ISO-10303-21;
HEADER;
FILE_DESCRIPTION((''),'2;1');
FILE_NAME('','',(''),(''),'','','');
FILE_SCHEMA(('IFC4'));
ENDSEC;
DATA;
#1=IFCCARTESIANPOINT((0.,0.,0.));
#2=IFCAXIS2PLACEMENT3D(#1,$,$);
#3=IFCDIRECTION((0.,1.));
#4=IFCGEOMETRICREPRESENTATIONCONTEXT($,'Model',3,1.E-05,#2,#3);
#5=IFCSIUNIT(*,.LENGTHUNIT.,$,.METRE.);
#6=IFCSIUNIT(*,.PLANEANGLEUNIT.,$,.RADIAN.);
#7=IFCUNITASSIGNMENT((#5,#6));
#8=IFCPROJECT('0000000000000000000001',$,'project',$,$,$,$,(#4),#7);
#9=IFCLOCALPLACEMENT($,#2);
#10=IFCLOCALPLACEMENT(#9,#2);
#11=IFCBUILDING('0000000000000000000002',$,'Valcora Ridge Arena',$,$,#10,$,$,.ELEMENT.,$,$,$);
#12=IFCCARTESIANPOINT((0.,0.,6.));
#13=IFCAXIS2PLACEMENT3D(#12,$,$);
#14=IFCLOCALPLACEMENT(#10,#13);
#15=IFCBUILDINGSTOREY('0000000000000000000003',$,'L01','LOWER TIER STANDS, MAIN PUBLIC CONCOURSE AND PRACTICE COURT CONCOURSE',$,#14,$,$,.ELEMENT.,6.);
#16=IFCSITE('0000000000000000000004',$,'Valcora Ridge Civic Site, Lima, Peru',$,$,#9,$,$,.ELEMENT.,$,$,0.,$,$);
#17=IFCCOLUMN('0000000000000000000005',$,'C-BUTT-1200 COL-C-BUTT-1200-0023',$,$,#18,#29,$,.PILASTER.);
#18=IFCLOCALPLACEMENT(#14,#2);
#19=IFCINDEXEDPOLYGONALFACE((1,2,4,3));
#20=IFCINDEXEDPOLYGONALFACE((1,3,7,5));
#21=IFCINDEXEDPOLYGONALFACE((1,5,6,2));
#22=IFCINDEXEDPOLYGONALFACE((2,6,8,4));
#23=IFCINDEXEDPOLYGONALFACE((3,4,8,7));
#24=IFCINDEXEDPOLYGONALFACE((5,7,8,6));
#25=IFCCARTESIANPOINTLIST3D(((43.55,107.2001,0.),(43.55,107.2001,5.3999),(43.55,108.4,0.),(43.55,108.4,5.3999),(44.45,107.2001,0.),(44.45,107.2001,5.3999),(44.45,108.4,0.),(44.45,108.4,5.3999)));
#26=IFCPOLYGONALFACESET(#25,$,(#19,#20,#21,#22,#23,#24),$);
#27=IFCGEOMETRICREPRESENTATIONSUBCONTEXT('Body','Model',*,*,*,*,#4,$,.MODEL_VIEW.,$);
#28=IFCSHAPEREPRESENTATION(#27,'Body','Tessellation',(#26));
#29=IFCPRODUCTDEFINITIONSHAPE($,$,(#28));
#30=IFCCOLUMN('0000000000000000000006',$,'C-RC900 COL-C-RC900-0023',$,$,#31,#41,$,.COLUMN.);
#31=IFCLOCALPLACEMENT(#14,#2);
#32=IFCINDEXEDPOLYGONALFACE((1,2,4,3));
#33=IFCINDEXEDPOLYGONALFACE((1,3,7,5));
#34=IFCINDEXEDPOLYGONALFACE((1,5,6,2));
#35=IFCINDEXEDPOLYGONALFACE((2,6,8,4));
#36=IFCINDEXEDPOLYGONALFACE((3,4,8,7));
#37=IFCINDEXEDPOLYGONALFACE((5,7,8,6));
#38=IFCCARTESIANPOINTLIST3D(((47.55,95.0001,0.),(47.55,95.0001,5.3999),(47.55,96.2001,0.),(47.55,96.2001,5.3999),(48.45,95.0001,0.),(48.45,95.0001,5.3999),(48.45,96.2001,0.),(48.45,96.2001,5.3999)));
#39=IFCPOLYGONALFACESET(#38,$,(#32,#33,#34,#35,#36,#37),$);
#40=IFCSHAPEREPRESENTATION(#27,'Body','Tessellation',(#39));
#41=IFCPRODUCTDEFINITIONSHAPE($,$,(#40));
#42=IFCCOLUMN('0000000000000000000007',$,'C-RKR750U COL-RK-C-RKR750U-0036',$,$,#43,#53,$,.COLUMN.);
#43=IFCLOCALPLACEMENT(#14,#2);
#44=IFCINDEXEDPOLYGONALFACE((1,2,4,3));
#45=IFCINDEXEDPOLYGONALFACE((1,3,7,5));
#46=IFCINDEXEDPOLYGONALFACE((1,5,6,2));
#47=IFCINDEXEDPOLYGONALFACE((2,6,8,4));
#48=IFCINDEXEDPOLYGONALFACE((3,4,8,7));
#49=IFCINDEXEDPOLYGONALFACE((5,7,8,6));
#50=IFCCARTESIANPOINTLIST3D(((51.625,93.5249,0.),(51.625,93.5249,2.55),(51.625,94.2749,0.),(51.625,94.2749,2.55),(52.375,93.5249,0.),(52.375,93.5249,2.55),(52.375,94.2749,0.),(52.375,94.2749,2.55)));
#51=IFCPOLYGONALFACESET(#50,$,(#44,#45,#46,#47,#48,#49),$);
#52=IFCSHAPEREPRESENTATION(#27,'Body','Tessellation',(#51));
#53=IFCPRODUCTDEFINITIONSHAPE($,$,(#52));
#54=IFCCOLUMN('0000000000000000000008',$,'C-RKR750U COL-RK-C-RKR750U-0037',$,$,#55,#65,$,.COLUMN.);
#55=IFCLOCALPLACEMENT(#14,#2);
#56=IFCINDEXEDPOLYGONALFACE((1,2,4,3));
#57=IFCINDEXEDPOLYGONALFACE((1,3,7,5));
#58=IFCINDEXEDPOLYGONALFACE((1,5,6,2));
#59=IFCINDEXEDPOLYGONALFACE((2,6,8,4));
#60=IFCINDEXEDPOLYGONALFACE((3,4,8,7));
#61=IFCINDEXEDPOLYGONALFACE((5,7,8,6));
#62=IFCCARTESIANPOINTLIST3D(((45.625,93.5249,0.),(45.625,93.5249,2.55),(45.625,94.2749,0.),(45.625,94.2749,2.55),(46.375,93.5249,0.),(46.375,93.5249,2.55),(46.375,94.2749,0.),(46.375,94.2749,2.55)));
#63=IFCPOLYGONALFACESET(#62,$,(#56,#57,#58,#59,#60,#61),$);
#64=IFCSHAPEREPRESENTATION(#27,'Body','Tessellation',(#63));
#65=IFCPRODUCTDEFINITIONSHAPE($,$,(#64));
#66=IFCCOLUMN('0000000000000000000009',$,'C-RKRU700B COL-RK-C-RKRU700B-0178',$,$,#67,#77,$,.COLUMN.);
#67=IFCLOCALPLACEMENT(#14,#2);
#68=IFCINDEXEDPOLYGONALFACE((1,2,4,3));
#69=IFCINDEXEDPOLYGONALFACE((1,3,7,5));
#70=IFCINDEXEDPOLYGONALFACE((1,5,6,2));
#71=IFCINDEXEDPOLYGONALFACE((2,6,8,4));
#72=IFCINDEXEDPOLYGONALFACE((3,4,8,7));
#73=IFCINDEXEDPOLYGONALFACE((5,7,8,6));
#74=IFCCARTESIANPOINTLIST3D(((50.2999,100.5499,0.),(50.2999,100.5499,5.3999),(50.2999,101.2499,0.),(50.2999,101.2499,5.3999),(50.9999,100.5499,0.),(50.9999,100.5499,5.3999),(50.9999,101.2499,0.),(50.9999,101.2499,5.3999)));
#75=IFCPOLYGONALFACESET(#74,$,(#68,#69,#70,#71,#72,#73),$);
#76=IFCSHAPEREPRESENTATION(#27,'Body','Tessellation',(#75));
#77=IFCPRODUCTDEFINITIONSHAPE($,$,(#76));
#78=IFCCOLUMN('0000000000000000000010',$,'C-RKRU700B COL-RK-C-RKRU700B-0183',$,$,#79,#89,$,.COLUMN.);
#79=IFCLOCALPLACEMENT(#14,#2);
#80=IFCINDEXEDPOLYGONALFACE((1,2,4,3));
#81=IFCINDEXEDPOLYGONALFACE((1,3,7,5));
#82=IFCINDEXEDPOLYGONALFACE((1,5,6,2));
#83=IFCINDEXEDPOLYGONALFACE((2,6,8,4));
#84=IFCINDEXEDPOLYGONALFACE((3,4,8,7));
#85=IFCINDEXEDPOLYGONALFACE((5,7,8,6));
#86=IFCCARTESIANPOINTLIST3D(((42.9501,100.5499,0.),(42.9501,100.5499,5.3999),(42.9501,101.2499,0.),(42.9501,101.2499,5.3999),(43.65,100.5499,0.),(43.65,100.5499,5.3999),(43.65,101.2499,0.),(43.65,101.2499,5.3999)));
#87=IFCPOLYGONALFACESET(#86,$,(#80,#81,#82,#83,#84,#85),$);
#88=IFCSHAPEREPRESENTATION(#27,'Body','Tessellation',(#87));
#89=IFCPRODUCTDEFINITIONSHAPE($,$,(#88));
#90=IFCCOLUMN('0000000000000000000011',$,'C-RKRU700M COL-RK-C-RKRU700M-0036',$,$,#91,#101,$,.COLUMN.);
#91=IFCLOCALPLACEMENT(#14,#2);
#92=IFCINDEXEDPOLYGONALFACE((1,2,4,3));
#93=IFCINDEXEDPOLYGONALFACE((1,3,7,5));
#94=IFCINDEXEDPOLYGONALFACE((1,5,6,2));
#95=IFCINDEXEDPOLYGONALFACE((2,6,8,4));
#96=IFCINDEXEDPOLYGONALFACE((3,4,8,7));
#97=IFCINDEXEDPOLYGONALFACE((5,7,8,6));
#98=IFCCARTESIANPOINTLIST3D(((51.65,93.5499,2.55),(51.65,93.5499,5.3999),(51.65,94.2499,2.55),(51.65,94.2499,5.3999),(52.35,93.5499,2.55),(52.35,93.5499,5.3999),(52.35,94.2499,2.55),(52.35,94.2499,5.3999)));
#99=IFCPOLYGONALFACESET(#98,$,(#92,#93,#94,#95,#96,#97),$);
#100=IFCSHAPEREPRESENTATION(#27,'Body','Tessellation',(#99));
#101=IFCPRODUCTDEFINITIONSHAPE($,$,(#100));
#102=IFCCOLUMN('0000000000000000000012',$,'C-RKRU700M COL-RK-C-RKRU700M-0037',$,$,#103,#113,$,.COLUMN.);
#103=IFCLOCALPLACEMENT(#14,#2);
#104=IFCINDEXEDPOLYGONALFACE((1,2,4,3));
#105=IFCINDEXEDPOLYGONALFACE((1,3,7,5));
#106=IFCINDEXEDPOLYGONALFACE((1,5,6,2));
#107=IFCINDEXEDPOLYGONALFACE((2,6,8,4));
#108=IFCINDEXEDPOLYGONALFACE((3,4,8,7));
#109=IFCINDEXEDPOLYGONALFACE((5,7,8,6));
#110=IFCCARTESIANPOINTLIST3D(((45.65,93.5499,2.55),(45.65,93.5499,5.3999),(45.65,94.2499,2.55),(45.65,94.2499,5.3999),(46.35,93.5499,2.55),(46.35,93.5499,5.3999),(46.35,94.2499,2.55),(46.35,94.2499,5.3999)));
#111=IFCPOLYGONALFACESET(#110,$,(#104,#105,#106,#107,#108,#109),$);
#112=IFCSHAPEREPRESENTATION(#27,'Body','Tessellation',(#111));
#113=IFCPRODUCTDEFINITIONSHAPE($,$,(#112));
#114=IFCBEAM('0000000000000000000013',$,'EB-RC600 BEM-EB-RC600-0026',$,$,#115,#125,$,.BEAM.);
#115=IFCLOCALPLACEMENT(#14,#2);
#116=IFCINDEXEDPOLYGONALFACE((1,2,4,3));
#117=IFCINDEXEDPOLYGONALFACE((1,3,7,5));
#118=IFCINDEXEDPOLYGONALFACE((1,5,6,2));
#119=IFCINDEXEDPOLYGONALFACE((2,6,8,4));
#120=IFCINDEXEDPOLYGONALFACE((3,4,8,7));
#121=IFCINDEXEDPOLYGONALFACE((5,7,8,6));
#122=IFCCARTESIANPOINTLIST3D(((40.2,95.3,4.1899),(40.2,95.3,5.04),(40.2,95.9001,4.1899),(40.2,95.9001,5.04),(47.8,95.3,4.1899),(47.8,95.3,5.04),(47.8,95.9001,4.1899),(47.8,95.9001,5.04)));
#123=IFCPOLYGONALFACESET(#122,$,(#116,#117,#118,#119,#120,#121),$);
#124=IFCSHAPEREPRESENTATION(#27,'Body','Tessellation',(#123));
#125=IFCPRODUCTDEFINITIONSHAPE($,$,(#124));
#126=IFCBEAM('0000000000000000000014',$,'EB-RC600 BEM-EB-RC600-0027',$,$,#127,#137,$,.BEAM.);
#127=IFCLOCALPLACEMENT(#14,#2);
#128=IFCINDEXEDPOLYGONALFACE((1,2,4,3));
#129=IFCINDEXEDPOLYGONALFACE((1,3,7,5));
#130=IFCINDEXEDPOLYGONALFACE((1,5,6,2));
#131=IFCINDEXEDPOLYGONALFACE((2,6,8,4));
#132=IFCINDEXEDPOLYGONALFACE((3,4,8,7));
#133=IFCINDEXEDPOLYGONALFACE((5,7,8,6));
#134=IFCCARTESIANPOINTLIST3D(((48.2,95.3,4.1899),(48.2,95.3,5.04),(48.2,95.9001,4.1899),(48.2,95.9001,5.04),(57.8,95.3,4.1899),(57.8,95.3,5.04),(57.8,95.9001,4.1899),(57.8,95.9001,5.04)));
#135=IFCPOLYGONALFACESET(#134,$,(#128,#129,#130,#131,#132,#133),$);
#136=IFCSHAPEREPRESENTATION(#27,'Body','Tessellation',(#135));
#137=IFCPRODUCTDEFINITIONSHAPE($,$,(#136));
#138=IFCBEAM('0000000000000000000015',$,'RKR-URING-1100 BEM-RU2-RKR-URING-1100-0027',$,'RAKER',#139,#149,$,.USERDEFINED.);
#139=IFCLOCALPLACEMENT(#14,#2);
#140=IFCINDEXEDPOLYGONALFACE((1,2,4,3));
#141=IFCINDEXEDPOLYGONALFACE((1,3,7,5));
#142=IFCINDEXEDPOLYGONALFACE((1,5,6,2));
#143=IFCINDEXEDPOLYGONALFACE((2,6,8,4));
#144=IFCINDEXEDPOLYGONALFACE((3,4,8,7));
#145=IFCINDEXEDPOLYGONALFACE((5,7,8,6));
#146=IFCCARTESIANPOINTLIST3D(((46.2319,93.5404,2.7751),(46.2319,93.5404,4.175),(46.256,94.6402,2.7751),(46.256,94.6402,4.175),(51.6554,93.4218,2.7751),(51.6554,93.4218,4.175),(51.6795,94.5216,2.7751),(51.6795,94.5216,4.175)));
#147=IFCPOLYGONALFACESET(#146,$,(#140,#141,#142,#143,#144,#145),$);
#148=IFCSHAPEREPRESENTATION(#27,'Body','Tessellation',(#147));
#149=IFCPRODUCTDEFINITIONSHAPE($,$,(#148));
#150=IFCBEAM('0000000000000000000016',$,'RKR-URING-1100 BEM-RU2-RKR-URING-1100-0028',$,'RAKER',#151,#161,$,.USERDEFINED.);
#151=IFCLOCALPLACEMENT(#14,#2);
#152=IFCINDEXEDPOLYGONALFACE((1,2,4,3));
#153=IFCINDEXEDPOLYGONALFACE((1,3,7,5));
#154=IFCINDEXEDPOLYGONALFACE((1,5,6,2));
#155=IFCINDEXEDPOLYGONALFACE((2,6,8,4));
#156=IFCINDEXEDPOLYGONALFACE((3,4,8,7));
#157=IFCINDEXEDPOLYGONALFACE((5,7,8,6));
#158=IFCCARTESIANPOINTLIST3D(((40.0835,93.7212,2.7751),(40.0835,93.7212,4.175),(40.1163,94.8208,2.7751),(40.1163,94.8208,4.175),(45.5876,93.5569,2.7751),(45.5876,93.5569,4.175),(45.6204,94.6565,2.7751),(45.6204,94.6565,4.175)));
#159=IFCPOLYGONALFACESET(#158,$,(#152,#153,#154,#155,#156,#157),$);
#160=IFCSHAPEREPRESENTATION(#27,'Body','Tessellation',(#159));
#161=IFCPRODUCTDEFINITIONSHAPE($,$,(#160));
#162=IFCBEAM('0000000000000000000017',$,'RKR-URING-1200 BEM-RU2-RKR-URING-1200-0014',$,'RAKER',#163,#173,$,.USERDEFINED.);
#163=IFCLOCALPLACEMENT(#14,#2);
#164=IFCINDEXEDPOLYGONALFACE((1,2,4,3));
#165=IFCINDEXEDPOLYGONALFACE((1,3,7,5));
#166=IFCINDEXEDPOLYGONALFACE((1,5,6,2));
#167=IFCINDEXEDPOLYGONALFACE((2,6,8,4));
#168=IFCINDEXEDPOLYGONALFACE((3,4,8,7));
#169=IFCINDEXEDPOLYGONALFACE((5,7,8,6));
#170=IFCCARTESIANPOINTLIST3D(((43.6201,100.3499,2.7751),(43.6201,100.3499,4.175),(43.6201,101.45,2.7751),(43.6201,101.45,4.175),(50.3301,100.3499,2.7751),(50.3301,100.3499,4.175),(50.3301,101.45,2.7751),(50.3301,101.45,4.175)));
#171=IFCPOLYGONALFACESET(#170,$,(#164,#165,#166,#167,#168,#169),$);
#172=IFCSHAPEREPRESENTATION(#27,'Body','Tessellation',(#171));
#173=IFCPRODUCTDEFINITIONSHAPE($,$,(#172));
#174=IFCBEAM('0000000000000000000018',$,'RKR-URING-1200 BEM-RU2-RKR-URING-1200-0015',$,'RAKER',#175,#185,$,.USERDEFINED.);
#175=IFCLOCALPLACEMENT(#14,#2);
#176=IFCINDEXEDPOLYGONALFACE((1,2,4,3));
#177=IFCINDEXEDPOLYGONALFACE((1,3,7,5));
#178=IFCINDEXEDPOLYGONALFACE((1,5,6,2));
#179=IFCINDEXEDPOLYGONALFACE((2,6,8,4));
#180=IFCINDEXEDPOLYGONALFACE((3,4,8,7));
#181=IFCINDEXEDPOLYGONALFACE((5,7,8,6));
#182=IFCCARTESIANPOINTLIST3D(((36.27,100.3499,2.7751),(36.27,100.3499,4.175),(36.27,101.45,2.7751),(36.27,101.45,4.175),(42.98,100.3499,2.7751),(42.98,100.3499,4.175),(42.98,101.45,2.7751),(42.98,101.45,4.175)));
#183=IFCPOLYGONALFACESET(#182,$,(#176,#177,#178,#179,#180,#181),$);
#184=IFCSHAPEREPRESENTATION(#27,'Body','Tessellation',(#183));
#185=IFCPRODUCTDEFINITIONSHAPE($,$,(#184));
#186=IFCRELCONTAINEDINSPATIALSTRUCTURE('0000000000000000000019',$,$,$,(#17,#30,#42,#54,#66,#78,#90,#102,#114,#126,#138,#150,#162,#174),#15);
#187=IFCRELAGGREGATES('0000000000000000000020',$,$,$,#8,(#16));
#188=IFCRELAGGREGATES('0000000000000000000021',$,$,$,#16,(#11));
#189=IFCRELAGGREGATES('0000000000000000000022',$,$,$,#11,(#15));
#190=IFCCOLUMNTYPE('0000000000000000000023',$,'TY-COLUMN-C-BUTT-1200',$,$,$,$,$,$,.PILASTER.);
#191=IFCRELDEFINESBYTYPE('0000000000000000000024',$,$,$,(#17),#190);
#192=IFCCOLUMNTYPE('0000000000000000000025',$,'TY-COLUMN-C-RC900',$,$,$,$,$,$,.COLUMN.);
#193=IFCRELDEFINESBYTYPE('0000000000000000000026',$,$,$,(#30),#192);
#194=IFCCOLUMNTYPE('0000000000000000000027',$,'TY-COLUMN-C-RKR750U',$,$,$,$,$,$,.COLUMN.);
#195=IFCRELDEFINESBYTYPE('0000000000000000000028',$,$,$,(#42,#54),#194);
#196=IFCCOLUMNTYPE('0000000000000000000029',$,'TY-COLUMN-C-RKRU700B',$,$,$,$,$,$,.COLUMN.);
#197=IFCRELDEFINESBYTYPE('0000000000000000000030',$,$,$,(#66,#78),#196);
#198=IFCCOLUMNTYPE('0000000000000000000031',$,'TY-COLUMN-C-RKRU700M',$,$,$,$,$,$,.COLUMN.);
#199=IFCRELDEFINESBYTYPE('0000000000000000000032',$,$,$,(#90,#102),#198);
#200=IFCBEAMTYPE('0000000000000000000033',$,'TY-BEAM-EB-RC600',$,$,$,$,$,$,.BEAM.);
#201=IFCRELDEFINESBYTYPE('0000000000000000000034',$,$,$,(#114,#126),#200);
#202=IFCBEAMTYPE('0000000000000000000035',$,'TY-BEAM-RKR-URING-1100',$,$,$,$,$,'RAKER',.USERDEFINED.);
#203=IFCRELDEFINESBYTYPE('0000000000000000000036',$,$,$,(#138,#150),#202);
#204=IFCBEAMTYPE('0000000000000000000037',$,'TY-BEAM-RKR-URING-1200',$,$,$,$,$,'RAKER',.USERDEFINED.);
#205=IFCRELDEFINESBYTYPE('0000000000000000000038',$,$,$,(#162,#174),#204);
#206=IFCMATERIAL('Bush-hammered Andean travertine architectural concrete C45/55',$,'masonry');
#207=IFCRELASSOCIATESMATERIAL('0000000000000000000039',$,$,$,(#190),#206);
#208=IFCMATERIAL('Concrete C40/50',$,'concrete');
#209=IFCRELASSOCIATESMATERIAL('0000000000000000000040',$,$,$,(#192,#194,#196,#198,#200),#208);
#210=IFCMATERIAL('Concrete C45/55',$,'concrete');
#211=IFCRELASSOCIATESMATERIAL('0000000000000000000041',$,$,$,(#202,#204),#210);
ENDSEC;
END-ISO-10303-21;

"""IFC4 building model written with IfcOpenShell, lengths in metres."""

from ifc_helpers import new_model, si_unit, direction, frame, origin, origin_2d, place, context, subcontext, project, spatial, rectangle, extrude, material, material_profile, profile_set, type_object, element, save


model = new_model("IFC4")

# Units and contexts
model_context = context("Model", 3, precision=1e-05, world=origin(), true_north=direction((0.0, 1.0)))
body_context = subcontext(model_context, "Body", "Model", "MODEL_VIEW")
ifc_project = project(units=[si_unit("LENGTHUNIT", "METRE"), si_unit("PLANEANGLEUNIT", "RADIAN")], contexts=[model_context])

# Site, building, storey
site_placement = place(None, origin())
site = spatial("IfcSite", under=ifc_project, at=site_placement, Name="Valcora Ridge Civic Site, Lima, Peru", CompositionType="ELEMENT", RefElevation=0.0)
building_placement = place(site_placement, origin())
building = spatial("IfcBuilding", under=site, at=building_placement, Name="Valcora Ridge Arena", CompositionType="ELEMENT")
storey_placement = place(building_placement, frame((0.0, 0.0, 6.0)))
storey = spatial("IfcBuildingStorey", under=building, at=storey_placement, Name="L01", Description="LOWER TIER STANDS, MAIN PUBLIC CONCOURSE AND PRACTICE COURT CONCOURSE", CompositionType="ELEMENT", Elevation=6.0)

# Columns
ifc_material_1 = material(Name="Bush-hammered Andean travertine architectural concrete C45/55", Category="masonry")
ifc_material_profile_1 = material_profile(ifc_material_1, rectangle(XDim=0.8999, YDim=1.2, at=origin_2d()), Name="RC 900x1200")
ifc_profile_set_1 = profile_set([ifc_material_profile_1], Name="Bush-hammered Andean travertine architectural concrete C45/55")
column_type_1 = type_object("IfcColumnType", Name="TY-COLUMN-C-BUTT-1200", PredefinedType="PILASTER", material=ifc_profile_set_1)
column_1_placement = place(storey_placement, frame((44.0, 107.8, 0.0), z_axis=(0.0, 0.0, 1.0), x_axis=(1.0, 0.0, 0.0)))
element("IfcColumn", 1, at=column_1_placement, inside=storey, type_object=column_type_1, Name="C-BUTT-1200 COL-C-BUTT-1200-0023", PredefinedType="PILASTER", context=body_context, shape_type="SweptSolid", body=[
    extrude(rectangle(XDim=0.8999, YDim=1.2, at=origin_2d()), origin(), (0.0, 0.0, 1.0), 5.3999),
])
ifc_material_2 = material(Name="Concrete C40/50", Category="concrete")
ifc_material_profile_2 = material_profile(ifc_material_2, rectangle(XDim=0.8999, YDim=1.2, at=origin_2d()), Name="RC 900x1200")
ifc_profile_set_2 = profile_set([ifc_material_profile_2], Name="Concrete C40/50")
column_type_2 = type_object("IfcColumnType", Name="TY-COLUMN-C-RC900", PredefinedType="COLUMN", material=ifc_profile_set_2)
column_2_placement = place(storey_placement, frame((48.0, 95.6001, 0.0), z_axis=(0.0, 0.0, 1.0), x_axis=(1.0, 0.0, 0.0)))
element("IfcColumn", 2, at=column_2_placement, inside=storey, type_object=column_type_2, Name="C-RC900 COL-C-RC900-0023", PredefinedType="COLUMN", context=body_context, shape_type="SweptSolid", body=[
    extrude(rectangle(XDim=0.8999, YDim=1.2, at=origin_2d()), origin(), (0.0, 0.0, 1.0), 5.3999),
])
ifc_material_profile_3 = material_profile(ifc_material_2, rectangle(XDim=0.75, YDim=0.75, at=origin_2d()), Name="RC 750x750")
ifc_profile_set_3 = profile_set([ifc_material_profile_3], Name="Concrete C40/50")
column_type_3 = type_object("IfcColumnType", Name="TY-COLUMN-C-RKR750U", PredefinedType="COLUMN", material=ifc_profile_set_3)
for number, where, z_axis, x_axis, name in (
    (3, (52.0, 93.8999, 0.0), (0.0, 0.0, 1.0), (1.0, 0.0, 0.0), "C-RKR750U COL-RK-C-RKR750U-0036"),
    (4, (46.0, 93.8999, 0.0), (0.0, 0.0, 1.0), (1.0, 0.0, 0.0), "C-RKR750U COL-RK-C-RKR750U-0037"),
):
    element("IfcColumn", number, at=place(storey_placement, frame(where, z_axis=z_axis, x_axis=x_axis)), inside=storey, type_object=column_type_3, Name=name, PredefinedType="COLUMN", context=body_context, shape_type="SweptSolid", body=[
        extrude(rectangle(XDim=0.75, YDim=0.75, at=origin_2d()), origin(), (0.0, 0.0, 1.0), 2.55),
    ])
ifc_material_profile_4 = material_profile(ifc_material_2, rectangle(XDim=0.7, YDim=0.7, at=origin_2d()), Name="RC 700x700")
ifc_profile_set_4 = profile_set([ifc_material_profile_4], Name="Concrete C40/50")
column_type_4 = type_object("IfcColumnType", Name="TY-COLUMN-C-RKRU700B", PredefinedType="COLUMN", material=ifc_profile_set_4)
for number, where, z_axis, x_axis, name in (
    (5, (50.6499, 100.8999, 0.0), (0.0, 0.0, 1.0), (1.0, 0.0, 0.0), "C-RKRU700B COL-RK-C-RKRU700B-0178"),
    (6, (43.3, 100.8999, 0.0), (0.0, 0.0, 1.0), (1.0, 0.0, 0.0), "C-RKRU700B COL-RK-C-RKRU700B-0183"),
):
    element("IfcColumn", number, at=place(storey_placement, frame(where, z_axis=z_axis, x_axis=x_axis)), inside=storey, type_object=column_type_4, Name=name, PredefinedType="COLUMN", context=body_context, shape_type="SweptSolid", body=[
        extrude(rectangle(XDim=0.7, YDim=0.7, at=origin_2d()), origin(), (0.0, 0.0, 1.0), 5.3999),
    ])
ifc_material_profile_5 = material_profile(ifc_material_2, rectangle(XDim=0.7, YDim=0.7, at=origin_2d()), Name="RC 700x700")
ifc_profile_set_5 = profile_set([ifc_material_profile_5], Name="Concrete C40/50")
column_type_5 = type_object("IfcColumnType", Name="TY-COLUMN-C-RKRU700M", PredefinedType="COLUMN", material=ifc_profile_set_5)
for number, where, z_axis, x_axis, name in (
    (7, (52.0, 93.8999, 2.55), (0.0, 0.0, 1.0), (1.0, 0.0, 0.0), "C-RKRU700M COL-RK-C-RKRU700M-0036"),
    (8, (46.0, 93.8999, 2.55), (0.0, 0.0, 1.0), (1.0, 0.0, 0.0), "C-RKRU700M COL-RK-C-RKRU700M-0037"),
):
    element("IfcColumn", number, at=place(storey_placement, frame(where, z_axis=z_axis, x_axis=x_axis)), inside=storey, type_object=column_type_5, Name=name, PredefinedType="COLUMN", context=body_context, shape_type="SweptSolid", body=[
        extrude(rectangle(XDim=0.7, YDim=0.7, at=origin_2d()), origin(), (0.0, 0.0, 1.0), 2.8499),
    ])

# Beams
ifc_material_profile_6 = material_profile(ifc_material_2, rectangle(XDim=0.6001, YDim=0.8501, at=origin_2d()), Name="RC 600x850")
ifc_profile_set_6 = profile_set([ifc_material_profile_6], Name="Concrete C40/50")
beam_type_1 = type_object("IfcBeamType", Name="TY-BEAM-EB-RC600", PredefinedType="BEAM", material=ifc_profile_set_6)
beam_1_placement = place(storey_placement, frame((40.2, 95.6001, 4.615), z_axis=(1.0, 0.0, 0.0), x_axis=(0.0, 1.0, 0.0)))
element("IfcBeam", 9, at=beam_1_placement, inside=storey, type_object=beam_type_1, Name="EB-RC600 BEM-EB-RC600-0026", PredefinedType="BEAM", context=body_context, shape_type="SweptSolid", body=[
    extrude(rectangle(XDim=0.6001, YDim=0.8501, at=origin_2d()), origin(), (0.0, 0.0, 1.0), 7.6001),
])
beam_2_placement = place(storey_placement, frame((48.2, 95.6001, 4.615), z_axis=(1.0, 0.0, 0.0), x_axis=(0.0, 1.0, 0.0)))
element("IfcBeam", 10, at=beam_2_placement, inside=storey, type_object=beam_type_1, Name="EB-RC600 BEM-EB-RC600-0027", PredefinedType="BEAM", context=body_context, shape_type="SweptSolid", body=[
    extrude(rectangle(XDim=0.6001, YDim=0.8501, at=origin_2d()), origin(), (0.0, 0.0, 1.0), 9.6001),
])
ifc_material_3 = material(Name="Concrete C45/55", Category="concrete")
ifc_material_profile_7 = material_profile(ifc_material_3, rectangle(XDim=1.1001, YDim=1.3999, at=origin_2d()), Name="RC 1100x1400")
ifc_profile_set_7 = profile_set([ifc_material_profile_7], Name="Concrete C45/55")
beam_type_2 = type_object("IfcBeamType", Name="TY-BEAM-RKR-URING-1100", ElementType="RAKER", PredefinedType="USERDEFINED", material=ifc_profile_set_7)
beam_3_placement = place(storey_placement, frame((51.6675, 93.9717, 3.4751), z_axis=(-0.999761, 0.021872, 0.0), x_axis=(-0.021872, -0.999761, 0.0)))
element("IfcBeam", 11, at=beam_3_placement, inside=storey, type_object=beam_type_2, Name="RKR-URING-1100 BEM-RU2-RKR-URING-1100-0027", ObjectType="RAKER", PredefinedType="USERDEFINED", context=body_context, shape_type="SweptSolid", body=[
    extrude(rectangle(XDim=1.1001, YDim=1.3999, at=origin_2d()), origin(), (0.0, 0.0, 1.0), 5.4248),
])
beam_4_placement = place(storey_placement, frame((45.604, 94.1067, 3.4751), z_axis=(-0.999555, 0.029838, 0.0), x_axis=(-0.029838, -0.999555, 0.0)))
element("IfcBeam", 12, at=beam_4_placement, inside=storey, type_object=beam_type_2, Name="RKR-URING-1100 BEM-RU2-RKR-URING-1100-0028", ObjectType="RAKER", PredefinedType="USERDEFINED", context=body_context, shape_type="SweptSolid", body=[
    extrude(rectangle(XDim=1.1001, YDim=1.3999, at=origin_2d()), origin(), (0.0, 0.0, 1.0), 5.5066),
])
ifc_material_profile_8 = material_profile(ifc_material_3, rectangle(XDim=1.1001, YDim=1.3999, at=origin_2d()), Name="RC 1100x1400")
ifc_profile_set_8 = profile_set([ifc_material_profile_8], Name="Concrete C45/55")
beam_type_3 = type_object("IfcBeamType", Name="TY-BEAM-RKR-URING-1200", ElementType="RAKER", PredefinedType="USERDEFINED", material=ifc_profile_set_8)
for number, where, z_axis, x_axis, name in (
    (13, (50.3301, 100.8999, 3.4751), (-1.0, 0.0, 0.0), (0.0, -1.0, 0.0), "RKR-URING-1200 BEM-RU2-RKR-URING-1200-0014"),
    (14, (42.98, 100.8999, 3.4751), (-1.0, 0.0, 0.0), (0.0, -1.0, 0.0), "RKR-URING-1200 BEM-RU2-RKR-URING-1200-0015"),
):
    element("IfcBeam", number, at=place(storey_placement, frame(where, z_axis=z_axis, x_axis=x_axis)), inside=storey, type_object=beam_type_3, Name=name, ObjectType="RAKER", PredefinedType="USERDEFINED", context=body_context, shape_type="SweptSolid", body=[
        extrude(rectangle(XDim=1.1001, YDim=1.3999, at=origin_2d()), origin(), (0.0, 0.0, 1.0), 6.71),
    ])

save(model, "model.ifc")
